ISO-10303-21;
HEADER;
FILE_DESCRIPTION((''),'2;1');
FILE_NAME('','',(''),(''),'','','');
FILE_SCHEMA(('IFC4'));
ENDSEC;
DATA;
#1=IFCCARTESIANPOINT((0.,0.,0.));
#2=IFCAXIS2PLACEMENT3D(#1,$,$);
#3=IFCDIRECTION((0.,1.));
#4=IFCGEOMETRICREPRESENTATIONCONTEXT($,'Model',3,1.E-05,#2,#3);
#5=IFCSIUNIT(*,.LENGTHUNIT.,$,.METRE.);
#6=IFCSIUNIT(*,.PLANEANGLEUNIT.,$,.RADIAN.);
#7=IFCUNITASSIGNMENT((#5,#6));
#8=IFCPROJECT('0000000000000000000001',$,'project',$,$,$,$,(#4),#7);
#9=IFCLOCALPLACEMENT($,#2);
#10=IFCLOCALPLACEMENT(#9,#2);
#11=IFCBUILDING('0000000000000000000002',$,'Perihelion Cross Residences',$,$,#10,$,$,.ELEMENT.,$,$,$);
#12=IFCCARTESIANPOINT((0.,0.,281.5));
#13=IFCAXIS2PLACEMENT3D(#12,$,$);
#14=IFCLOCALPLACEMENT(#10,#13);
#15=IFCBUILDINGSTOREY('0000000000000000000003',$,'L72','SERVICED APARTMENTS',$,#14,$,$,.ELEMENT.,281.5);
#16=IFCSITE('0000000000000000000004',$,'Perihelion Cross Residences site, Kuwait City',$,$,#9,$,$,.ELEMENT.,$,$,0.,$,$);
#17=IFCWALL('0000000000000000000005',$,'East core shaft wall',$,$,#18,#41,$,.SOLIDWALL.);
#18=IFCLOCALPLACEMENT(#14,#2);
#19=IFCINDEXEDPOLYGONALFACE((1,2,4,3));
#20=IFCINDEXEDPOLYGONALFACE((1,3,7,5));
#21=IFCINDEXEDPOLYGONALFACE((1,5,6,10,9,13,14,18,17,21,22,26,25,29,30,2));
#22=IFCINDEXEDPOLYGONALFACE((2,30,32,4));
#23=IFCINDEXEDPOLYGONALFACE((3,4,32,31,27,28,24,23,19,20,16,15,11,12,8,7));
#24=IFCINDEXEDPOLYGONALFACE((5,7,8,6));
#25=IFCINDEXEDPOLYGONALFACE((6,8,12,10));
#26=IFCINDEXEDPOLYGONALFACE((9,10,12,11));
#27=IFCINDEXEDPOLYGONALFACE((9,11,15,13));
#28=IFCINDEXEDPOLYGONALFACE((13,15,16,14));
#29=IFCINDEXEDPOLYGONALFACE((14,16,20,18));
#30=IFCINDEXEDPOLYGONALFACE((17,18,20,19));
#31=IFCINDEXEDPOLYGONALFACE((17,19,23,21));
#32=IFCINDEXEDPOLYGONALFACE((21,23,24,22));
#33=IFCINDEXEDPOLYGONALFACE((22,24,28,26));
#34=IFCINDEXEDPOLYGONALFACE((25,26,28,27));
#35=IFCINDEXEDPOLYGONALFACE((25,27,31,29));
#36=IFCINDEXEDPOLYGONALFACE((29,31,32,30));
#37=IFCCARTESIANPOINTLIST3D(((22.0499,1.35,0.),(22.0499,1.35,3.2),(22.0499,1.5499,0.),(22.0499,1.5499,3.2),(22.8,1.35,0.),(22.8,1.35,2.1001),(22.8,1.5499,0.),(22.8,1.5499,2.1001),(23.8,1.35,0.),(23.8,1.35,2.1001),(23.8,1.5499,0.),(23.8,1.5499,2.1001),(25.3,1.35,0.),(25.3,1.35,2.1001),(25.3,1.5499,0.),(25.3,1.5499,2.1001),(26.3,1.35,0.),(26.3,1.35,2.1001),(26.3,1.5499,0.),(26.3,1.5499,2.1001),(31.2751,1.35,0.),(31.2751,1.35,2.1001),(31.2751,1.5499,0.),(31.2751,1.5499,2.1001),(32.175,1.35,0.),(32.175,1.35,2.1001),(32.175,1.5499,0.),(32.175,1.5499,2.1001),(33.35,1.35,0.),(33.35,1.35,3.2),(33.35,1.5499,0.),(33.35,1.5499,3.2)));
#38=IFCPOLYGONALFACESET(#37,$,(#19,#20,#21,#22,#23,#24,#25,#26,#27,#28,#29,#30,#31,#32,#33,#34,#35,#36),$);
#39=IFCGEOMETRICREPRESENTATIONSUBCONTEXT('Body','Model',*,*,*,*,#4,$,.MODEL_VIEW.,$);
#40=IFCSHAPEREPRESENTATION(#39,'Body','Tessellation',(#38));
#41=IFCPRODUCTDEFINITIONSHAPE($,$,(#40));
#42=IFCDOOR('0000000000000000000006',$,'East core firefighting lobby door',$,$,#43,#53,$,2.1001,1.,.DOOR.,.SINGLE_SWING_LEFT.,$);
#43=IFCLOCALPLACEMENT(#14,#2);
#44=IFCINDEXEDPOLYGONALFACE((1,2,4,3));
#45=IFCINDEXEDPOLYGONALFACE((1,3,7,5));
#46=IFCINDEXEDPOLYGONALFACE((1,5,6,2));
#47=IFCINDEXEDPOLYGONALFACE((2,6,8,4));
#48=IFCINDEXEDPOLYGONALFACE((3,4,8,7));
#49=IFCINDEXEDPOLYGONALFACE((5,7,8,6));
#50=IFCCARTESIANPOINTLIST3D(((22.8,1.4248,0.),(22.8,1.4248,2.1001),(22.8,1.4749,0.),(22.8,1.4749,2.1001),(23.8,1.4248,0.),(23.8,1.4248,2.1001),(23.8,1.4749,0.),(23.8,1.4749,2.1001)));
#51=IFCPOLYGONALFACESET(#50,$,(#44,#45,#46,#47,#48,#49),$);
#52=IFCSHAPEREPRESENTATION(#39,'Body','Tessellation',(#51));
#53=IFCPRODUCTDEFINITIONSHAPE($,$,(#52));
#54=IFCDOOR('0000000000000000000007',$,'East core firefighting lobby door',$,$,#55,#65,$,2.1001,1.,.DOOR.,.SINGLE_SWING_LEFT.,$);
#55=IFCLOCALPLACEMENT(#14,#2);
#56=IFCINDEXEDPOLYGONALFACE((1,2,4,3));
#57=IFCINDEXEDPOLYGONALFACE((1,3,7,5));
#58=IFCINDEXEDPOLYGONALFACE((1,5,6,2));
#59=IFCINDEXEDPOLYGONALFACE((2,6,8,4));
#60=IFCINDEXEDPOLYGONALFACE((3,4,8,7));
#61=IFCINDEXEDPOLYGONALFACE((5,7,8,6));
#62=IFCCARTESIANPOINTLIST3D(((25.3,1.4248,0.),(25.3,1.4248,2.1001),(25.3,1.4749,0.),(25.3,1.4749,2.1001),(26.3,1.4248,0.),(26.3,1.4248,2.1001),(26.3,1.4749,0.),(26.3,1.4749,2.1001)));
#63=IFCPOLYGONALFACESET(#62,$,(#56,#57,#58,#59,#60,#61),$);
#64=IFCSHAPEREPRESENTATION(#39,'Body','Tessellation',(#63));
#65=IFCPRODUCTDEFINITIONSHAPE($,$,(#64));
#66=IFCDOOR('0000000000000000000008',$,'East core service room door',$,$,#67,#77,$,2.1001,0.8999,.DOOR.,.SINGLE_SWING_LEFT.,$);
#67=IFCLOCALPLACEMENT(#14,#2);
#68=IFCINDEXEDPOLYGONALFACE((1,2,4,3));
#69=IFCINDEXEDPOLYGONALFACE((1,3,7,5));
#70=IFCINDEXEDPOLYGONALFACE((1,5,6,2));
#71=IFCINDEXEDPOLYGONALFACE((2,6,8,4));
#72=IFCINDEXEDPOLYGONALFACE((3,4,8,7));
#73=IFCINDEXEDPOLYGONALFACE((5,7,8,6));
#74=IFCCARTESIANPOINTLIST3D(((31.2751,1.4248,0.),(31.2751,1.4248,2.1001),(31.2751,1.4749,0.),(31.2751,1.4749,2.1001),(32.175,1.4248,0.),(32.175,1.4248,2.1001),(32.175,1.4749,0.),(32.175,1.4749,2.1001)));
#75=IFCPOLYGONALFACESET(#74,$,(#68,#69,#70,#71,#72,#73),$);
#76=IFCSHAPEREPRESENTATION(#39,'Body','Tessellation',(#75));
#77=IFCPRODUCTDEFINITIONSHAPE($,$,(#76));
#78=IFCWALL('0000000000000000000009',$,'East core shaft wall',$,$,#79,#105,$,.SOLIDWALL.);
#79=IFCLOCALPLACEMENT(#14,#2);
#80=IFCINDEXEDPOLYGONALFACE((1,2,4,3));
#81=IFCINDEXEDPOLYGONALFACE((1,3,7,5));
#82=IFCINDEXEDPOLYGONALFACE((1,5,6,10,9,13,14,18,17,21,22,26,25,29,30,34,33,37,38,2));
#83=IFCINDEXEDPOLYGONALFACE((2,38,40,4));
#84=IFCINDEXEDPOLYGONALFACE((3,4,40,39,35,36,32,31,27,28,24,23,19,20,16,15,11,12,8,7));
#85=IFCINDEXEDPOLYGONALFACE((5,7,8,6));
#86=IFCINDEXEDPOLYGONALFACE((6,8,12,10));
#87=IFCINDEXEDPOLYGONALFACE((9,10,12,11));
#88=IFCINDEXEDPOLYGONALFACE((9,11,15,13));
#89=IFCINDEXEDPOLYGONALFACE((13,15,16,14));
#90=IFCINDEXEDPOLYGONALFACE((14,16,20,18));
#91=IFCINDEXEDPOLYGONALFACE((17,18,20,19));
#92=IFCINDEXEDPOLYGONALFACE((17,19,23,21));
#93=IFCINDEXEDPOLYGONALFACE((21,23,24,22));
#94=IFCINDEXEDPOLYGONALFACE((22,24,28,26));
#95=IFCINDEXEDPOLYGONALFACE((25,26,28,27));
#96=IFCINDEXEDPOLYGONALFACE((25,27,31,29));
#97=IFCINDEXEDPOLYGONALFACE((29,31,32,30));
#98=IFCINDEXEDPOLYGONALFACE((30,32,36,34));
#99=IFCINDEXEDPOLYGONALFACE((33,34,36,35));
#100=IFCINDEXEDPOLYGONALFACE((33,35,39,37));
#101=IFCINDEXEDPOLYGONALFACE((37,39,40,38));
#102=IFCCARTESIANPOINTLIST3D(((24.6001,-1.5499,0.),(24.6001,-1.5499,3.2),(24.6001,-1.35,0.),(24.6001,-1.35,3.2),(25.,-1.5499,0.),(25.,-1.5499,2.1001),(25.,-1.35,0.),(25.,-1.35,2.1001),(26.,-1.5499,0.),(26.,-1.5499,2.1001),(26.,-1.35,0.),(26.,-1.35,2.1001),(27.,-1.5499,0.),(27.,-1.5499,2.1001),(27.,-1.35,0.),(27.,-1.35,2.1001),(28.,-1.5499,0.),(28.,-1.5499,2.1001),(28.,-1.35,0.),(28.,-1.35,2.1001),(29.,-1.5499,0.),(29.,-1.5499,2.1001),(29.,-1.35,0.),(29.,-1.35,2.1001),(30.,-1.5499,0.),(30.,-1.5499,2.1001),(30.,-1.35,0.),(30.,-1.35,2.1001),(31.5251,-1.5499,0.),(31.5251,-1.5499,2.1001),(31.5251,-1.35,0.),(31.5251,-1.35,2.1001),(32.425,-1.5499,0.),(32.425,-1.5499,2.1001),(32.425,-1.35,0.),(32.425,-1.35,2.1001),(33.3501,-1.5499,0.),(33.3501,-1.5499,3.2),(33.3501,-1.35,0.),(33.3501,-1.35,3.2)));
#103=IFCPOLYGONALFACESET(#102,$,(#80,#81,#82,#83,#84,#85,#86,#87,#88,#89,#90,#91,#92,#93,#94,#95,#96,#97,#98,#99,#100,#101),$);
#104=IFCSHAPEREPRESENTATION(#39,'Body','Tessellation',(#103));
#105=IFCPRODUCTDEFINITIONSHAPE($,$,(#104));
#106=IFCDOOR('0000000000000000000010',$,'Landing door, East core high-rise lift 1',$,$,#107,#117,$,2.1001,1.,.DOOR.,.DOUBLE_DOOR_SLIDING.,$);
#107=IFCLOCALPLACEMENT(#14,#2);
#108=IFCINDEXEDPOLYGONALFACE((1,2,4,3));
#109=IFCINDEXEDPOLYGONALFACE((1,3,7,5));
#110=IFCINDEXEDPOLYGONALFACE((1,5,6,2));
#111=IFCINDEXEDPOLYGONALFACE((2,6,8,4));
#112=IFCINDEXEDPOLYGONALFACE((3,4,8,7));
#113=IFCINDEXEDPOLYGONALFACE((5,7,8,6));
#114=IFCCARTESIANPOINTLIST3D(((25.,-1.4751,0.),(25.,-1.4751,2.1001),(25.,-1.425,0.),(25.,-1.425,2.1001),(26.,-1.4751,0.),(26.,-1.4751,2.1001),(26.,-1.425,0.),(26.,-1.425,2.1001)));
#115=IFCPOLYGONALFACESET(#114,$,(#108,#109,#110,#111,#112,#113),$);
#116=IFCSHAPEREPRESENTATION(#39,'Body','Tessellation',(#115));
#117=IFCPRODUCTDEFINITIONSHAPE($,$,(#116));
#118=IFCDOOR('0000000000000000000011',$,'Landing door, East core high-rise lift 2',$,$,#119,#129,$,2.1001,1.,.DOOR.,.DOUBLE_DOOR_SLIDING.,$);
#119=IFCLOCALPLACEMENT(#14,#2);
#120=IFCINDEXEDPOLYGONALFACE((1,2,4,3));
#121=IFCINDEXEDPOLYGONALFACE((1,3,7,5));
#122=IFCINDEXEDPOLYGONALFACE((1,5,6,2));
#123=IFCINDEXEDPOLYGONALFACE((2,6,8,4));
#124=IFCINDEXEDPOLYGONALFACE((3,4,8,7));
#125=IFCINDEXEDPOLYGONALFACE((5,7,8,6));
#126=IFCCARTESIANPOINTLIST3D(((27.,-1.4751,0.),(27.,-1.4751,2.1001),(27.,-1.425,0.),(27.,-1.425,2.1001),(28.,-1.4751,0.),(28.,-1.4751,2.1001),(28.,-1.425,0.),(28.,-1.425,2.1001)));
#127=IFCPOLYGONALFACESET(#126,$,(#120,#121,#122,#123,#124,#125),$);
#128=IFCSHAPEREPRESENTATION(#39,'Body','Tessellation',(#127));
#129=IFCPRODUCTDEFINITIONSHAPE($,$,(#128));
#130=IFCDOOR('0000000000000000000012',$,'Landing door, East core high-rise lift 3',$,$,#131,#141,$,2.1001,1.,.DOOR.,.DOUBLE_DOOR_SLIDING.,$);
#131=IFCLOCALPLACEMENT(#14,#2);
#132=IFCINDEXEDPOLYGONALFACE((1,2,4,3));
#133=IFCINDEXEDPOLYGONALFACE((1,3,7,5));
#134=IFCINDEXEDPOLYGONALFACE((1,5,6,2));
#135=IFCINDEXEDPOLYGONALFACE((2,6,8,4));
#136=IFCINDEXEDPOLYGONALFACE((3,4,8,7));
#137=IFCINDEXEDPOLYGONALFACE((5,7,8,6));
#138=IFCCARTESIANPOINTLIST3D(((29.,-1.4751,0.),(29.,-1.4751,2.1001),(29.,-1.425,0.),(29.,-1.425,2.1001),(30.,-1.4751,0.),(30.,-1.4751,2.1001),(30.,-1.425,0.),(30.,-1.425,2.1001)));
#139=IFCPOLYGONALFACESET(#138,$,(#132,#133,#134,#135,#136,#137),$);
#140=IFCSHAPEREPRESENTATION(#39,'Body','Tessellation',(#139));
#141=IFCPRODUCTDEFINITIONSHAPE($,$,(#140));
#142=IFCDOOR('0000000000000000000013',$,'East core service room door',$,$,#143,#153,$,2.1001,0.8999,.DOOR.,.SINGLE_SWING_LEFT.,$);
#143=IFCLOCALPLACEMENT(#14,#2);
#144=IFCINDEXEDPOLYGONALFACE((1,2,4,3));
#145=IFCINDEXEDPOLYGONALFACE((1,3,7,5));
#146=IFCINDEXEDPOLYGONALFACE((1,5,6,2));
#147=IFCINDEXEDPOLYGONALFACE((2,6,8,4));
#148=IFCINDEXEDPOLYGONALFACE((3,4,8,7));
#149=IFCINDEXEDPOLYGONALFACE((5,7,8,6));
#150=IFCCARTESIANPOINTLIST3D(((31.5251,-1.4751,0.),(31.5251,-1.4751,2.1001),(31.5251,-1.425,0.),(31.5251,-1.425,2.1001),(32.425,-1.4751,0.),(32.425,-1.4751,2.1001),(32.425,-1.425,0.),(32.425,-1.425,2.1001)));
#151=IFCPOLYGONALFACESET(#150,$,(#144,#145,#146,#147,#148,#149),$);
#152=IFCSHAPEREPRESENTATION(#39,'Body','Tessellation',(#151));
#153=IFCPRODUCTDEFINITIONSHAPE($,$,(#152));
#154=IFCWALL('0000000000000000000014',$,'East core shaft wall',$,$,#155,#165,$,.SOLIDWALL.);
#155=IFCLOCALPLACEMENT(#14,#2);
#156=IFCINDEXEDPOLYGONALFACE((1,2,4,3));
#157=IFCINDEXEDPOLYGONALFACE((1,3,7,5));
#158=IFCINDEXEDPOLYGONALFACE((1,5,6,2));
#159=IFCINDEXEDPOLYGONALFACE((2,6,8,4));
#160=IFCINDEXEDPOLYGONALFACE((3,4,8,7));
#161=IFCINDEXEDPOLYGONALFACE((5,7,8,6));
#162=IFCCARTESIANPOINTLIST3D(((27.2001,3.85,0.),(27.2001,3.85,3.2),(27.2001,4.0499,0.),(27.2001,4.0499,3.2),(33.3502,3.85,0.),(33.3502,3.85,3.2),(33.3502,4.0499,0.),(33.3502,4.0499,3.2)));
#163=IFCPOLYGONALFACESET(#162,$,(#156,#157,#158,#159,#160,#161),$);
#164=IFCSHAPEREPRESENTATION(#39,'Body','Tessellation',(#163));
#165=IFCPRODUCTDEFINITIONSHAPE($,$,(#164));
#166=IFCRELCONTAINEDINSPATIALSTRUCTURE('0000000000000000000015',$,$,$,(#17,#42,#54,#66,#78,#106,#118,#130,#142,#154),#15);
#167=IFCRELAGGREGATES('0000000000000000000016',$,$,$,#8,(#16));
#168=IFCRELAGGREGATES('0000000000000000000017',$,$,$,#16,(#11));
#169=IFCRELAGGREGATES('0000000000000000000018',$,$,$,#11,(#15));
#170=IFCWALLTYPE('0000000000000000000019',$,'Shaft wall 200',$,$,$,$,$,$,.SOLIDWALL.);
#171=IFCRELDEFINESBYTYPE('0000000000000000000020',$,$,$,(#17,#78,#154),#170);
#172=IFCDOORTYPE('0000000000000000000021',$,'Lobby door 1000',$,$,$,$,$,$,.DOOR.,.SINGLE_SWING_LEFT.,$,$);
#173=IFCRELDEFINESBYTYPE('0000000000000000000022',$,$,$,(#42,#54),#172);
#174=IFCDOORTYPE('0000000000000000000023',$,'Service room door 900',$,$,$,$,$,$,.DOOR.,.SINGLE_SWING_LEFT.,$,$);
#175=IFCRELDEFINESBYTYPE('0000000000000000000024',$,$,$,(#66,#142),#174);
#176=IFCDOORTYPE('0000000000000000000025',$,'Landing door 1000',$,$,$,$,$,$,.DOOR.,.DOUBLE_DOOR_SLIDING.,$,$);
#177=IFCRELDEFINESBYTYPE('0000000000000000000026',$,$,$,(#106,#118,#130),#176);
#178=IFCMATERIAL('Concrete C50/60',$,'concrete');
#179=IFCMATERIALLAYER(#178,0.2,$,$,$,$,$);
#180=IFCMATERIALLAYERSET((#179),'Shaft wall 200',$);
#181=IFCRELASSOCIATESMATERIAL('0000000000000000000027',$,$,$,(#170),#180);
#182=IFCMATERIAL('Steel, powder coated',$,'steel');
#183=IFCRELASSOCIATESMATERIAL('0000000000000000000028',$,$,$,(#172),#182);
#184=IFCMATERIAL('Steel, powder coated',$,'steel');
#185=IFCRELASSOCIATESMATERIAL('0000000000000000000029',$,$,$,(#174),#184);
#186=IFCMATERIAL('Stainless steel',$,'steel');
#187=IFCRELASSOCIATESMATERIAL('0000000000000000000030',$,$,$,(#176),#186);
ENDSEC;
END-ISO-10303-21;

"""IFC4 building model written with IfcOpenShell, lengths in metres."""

from ifc_helpers import new_model, si_unit, direction, frame, frame_2d, origin, place, context, subcontext, project, spatial, rectangle, extrude, material, layer, layer_set, type_object, element, fill, save


model = new_model("IFC4")

# Units and contexts
model_context = context("Model", 3, precision=1e-05, world=origin(), true_north=direction((0.0, 1.0)))
body_context = subcontext(model_context, "Body", "Model", "MODEL_VIEW")
ifc_project = project(units=[si_unit("LENGTHUNIT", "METRE"), si_unit("PLANEANGLEUNIT", "RADIAN")], contexts=[model_context])

# Site, building, storey
site_placement = place(None, origin())
site = spatial("IfcSite", under=ifc_project, at=site_placement, Name="Perihelion Cross Residences site, Kuwait City", CompositionType="ELEMENT", RefElevation=0.0)
building_placement = place(site_placement, origin())
building = spatial("IfcBuilding", under=site, at=building_placement, Name="Perihelion Cross Residences", CompositionType="ELEMENT")
storey_placement = place(building_placement, frame((0.0, 0.0, 281.5)))
storey = spatial("IfcBuildingStorey", under=building, at=storey_placement, Name="L72", Description="SERVICED APARTMENTS", CompositionType="ELEMENT", Elevation=281.5)

# Walls, openings, doors
ifc_material_1 = material(Name="Concrete C50/60", Category="concrete")
ifc_layer_1 = layer(ifc_material_1, 0.2)
ifc_layer_set_1 = layer_set([ifc_layer_1], Name="Shaft wall 200")
wall_type_1 = type_object("IfcWallType", Name="Shaft wall 200", PredefinedType="SOLIDWALL", material=ifc_layer_set_1)
wall_1_placement = place(storey_placement, frame((22.05, 1.45, 0.0), z_axis=(0.0, 0.0, 1.0), x_axis=(1.0, 0.0, 0.0)))
wall_1 = element("IfcWall", 1, at=wall_1_placement, inside=storey, type_object=wall_type_1, Name="East core shaft wall", PredefinedType="SOLIDWALL", context=body_context, shape_type="SweptSolid", body=[
    extrude(rectangle(XDim=11.3, YDim=0.2, at=frame_2d((5.6499, 0.0))), origin(), (0.0, 0.0, 1.0), 3.2),
])
opening_1_placement = place(wall_1_placement, frame((0.75, 0.0, 0.0)))
opening_1 = element("IfcOpeningElement", 2, at=opening_1_placement, cuts=wall_1, PredefinedType="OPENING", context=body_context, shape_type="SweptSolid", body=[
    extrude(rectangle(XDim=1.0, YDim=2.1001, at=frame_2d((0.5, 1.05))), frame((0.0, 0.1099, 0.0), z_axis=(0.0, -1.0, 0.0), x_axis=(1.0, 0.0, 0.0)), (0.0, 0.0, 1.0), 0.22),
])
opening_2_placement = place(wall_1_placement, frame((3.25, 0.0, 0.0)))
opening_2 = element("IfcOpeningElement", 3, at=opening_2_placement, cuts=wall_1, PredefinedType="OPENING", context=body_context, shape_type="SweptSolid", body=[
    extrude(rectangle(XDim=1.0, YDim=2.1001, at=frame_2d((0.5, 1.05))), frame((0.0, 0.1099, 0.0), z_axis=(0.0, -1.0, 0.0), x_axis=(1.0, 0.0, 0.0)), (0.0, 0.0, 1.0), 0.22),
])
opening_3_placement = place(wall_1_placement, frame((9.2251, 0.0, 0.0)))
opening_3 = element("IfcOpeningElement", 4, at=opening_3_placement, cuts=wall_1, PredefinedType="OPENING", context=body_context, shape_type="SweptSolid", body=[
    extrude(rectangle(XDim=0.8999, YDim=2.1001, at=frame_2d((0.45, 1.05))), frame((0.0, 0.1099, 0.0), z_axis=(0.0, -1.0, 0.0), x_axis=(1.0, 0.0, 0.0)), (0.0, 0.0, 1.0), 0.22),
])
ifc_material_2 = material(Name="Steel, powder coated", Category="steel")
door_type_1 = type_object("IfcDoorType", Name="Lobby door 1000", OperationType="SINGLE_SWING_LEFT", PredefinedType="DOOR", material=ifc_material_2)
door_1_placement = place(opening_1_placement, origin())
door_1 = element("IfcDoor", 5, at=door_1_placement, inside=storey, type_object=door_type_1, Name="East core firefighting lobby door", OperationType="SINGLE_SWING_LEFT", OverallHeight=2.1001, OverallWidth=1.0, PredefinedType="DOOR", context=body_context, shape_type="SweptSolid", body=[
    extrude(rectangle(XDim=1.0, YDim=2.1001, at=frame_2d((0.5, 1.05))), frame((0.0, 0.0249, 0.0), z_axis=(0.0, -1.0, 0.0), x_axis=(1.0, 0.0, 0.0)), (0.0, 0.0, 1.0), 0.05),
])
fill(opening_1, door_1)
door_2_placement = place(opening_2_placement, origin())
door_2 = element("IfcDoor", 6, at=door_2_placement, inside=storey, type_object=door_type_1, Name="East core firefighting lobby door", OperationType="SINGLE_SWING_LEFT", OverallHeight=2.1001, OverallWidth=1.0, PredefinedType="DOOR", context=body_context, shape_type="SweptSolid", body=[
    extrude(rectangle(XDim=1.0, YDim=2.1001, at=frame_2d((0.5, 1.05))), frame((0.0, 0.0249, 0.0), z_axis=(0.0, -1.0, 0.0), x_axis=(1.0, 0.0, 0.0)), (0.0, 0.0, 1.0), 0.05),
])
fill(opening_2, door_2)
ifc_material_3 = material(Name="Steel, powder coated", Category="steel")
door_type_2 = type_object("IfcDoorType", Name="Service room door 900", OperationType="SINGLE_SWING_LEFT", PredefinedType="DOOR", material=ifc_material_3)
door_3_placement = place(opening_3_placement, origin())
door_3 = element("IfcDoor", 7, at=door_3_placement, inside=storey, type_object=door_type_2, Name="East core service room door", OperationType="SINGLE_SWING_LEFT", OverallHeight=2.1001, OverallWidth=0.8999, PredefinedType="DOOR", context=body_context, shape_type="SweptSolid", body=[
    extrude(rectangle(XDim=0.8999, YDim=2.1001, at=frame_2d((0.45, 1.05))), frame((0.0, 0.0249, 0.0), z_axis=(0.0, -1.0, 0.0), x_axis=(1.0, 0.0, 0.0)), (0.0, 0.0, 1.0), 0.05),
])
fill(opening_3, door_3)
wall_2_placement = place(storey_placement, frame((24.6001, -1.45, 0.0), z_axis=(0.0, 0.0, 1.0), x_axis=(1.0, 0.0, 0.0)))
wall_2 = element("IfcWall", 8, at=wall_2_placement, inside=storey, type_object=wall_type_1, Name="East core shaft wall", PredefinedType="SOLIDWALL", context=body_context, shape_type="SweptSolid", body=[
    extrude(rectangle(XDim=8.75, YDim=0.2, at=frame_2d((4.375, 0.0))), origin(), (0.0, 0.0, 1.0), 3.2),
])
opening_4_placement = place(wall_2_placement, frame((0.3999, 0.0, 0.0)))
opening_4 = element("IfcOpeningElement", 9, at=opening_4_placement, cuts=wall_2, PredefinedType="OPENING", context=body_context, shape_type="SweptSolid", body=[
    extrude(rectangle(XDim=1.0, YDim=2.1001, at=frame_2d((0.5, 1.05))), frame((0.0, 0.1099, 0.0), z_axis=(0.0, -1.0, 0.0), x_axis=(1.0, 0.0, 0.0)), (0.0, 0.0, 1.0), 0.22),
])
opening_5_placement = place(wall_2_placement, frame((2.3999, 0.0, 0.0)))
opening_5 = element("IfcOpeningElement", 10, at=opening_5_placement, cuts=wall_2, PredefinedType="OPENING", context=body_context, shape_type="SweptSolid", body=[
    extrude(rectangle(XDim=1.0, YDim=2.1001, at=frame_2d((0.5, 1.05))), frame((0.0, 0.1099, 0.0), z_axis=(0.0, -1.0, 0.0), x_axis=(1.0, 0.0, 0.0)), (0.0, 0.0, 1.0), 0.22),
])
opening_6_placement = place(wall_2_placement, frame((4.3999, 0.0, 0.0)))
opening_6 = element("IfcOpeningElement", 11, at=opening_6_placement, cuts=wall_2, PredefinedType="OPENING", context=body_context, shape_type="SweptSolid", body=[
    extrude(rectangle(XDim=1.0, YDim=2.1001, at=frame_2d((0.5, 1.05))), frame((0.0, 0.1099, 0.0), z_axis=(0.0, -1.0, 0.0), x_axis=(1.0, 0.0, 0.0)), (0.0, 0.0, 1.0), 0.22),
])
opening_7_placement = place(wall_2_placement, frame((6.925, 0.0, 0.0)))
opening_7 = element("IfcOpeningElement", 12, at=opening_7_placement, cuts=wall_2, PredefinedType="OPENING", context=body_context, shape_type="SweptSolid", body=[
    extrude(rectangle(XDim=0.8999, YDim=2.1001, at=frame_2d((0.45, 1.05))), frame((0.0, 0.1099, 0.0), z_axis=(0.0, -1.0, 0.0), x_axis=(1.0, 0.0, 0.0)), (0.0, 0.0, 1.0), 0.22),
])
ifc_material_4 = material(Name="Stainless steel", Category="steel")
door_type_3 = type_object("IfcDoorType", Name="Landing door 1000", OperationType="DOUBLE_DOOR_SLIDING", PredefinedType="DOOR", material=ifc_material_4)
door_4_placement = place(opening_4_placement, origin())
door_4 = element("IfcDoor", 13, at=door_4_placement, inside=storey, type_object=door_type_3, Name="Landing door, East core high-rise lift 1", OperationType="DOUBLE_DOOR_SLIDING", OverallHeight=2.1001, OverallWidth=1.0, PredefinedType="DOOR", context=body_context, shape_type="SweptSolid", body=[
    extrude(rectangle(XDim=1.0, YDim=2.1001, at=frame_2d((0.5, 1.05))), frame((0.0, 0.0249, 0.0), z_axis=(0.0, -1.0, 0.0), x_axis=(1.0, 0.0, 0.0)), (0.0, 0.0, 1.0), 0.05),
])
fill(opening_4, door_4)
door_5_placement = place(opening_5_placement, origin())
door_5 = element("IfcDoor", 14, at=door_5_placement, inside=storey, type_object=door_type_3, Name="Landing door, East core high-rise lift 2", OperationType="DOUBLE_DOOR_SLIDING", OverallHeight=2.1001, OverallWidth=1.0, PredefinedType="DOOR", context=body_context, shape_type="SweptSolid", body=[
    extrude(rectangle(XDim=1.0, YDim=2.1001, at=frame_2d((0.5, 1.05))), frame((0.0, 0.0249, 0.0), z_axis=(0.0, -1.0, 0.0), x_axis=(1.0, 0.0, 0.0)), (0.0, 0.0, 1.0), 0.05),
])
fill(opening_5, door_5)
door_6_placement = place(opening_6_placement, origin())
door_6 = element("IfcDoor", 15, at=door_6_placement, inside=storey, type_object=door_type_3, Name="Landing door, East core high-rise lift 3", OperationType="DOUBLE_DOOR_SLIDING", OverallHeight=2.1001, OverallWidth=1.0, PredefinedType="DOOR", context=body_context, shape_type="SweptSolid", body=[
    extrude(rectangle(XDim=1.0, YDim=2.1001, at=frame_2d((0.5, 1.05))), frame((0.0, 0.0249, 0.0), z_axis=(0.0, -1.0, 0.0), x_axis=(1.0, 0.0, 0.0)), (0.0, 0.0, 1.0), 0.05),
])
fill(opening_6, door_6)
door_7_placement = place(opening_7_placement, origin())
door_7 = element("IfcDoor", 16, at=door_7_placement, inside=storey, type_object=door_type_2, Name="East core service room door", OperationType="SINGLE_SWING_LEFT", OverallHeight=2.1001, OverallWidth=0.8999, PredefinedType="DOOR", context=body_context, shape_type="SweptSolid", body=[
    extrude(rectangle(XDim=0.8999, YDim=2.1001, at=frame_2d((0.45, 1.05))), frame((0.0, 0.0249, 0.0), z_axis=(0.0, -1.0, 0.0), x_axis=(1.0, 0.0, 0.0)), (0.0, 0.0, 1.0), 0.05),
])
fill(opening_7, door_7)

# Wall
wall_3_placement = place(storey_placement, frame((27.2, 3.95, 0.0), z_axis=(0.0, 0.0, 1.0), x_axis=(1.0, 0.0, 0.0)))
element("IfcWall", 17, at=wall_3_placement, inside=storey, type_object=wall_type_1, Name="East core shaft wall", PredefinedType="SOLIDWALL", context=body_context, shape_type="SweptSolid", body=[
    extrude(rectangle(XDim=6.1501, YDim=0.2, at=frame_2d((3.0752, 0.0))), origin(), (0.0, 0.0, 1.0), 3.2),
])

save(model, "model.ifc")
